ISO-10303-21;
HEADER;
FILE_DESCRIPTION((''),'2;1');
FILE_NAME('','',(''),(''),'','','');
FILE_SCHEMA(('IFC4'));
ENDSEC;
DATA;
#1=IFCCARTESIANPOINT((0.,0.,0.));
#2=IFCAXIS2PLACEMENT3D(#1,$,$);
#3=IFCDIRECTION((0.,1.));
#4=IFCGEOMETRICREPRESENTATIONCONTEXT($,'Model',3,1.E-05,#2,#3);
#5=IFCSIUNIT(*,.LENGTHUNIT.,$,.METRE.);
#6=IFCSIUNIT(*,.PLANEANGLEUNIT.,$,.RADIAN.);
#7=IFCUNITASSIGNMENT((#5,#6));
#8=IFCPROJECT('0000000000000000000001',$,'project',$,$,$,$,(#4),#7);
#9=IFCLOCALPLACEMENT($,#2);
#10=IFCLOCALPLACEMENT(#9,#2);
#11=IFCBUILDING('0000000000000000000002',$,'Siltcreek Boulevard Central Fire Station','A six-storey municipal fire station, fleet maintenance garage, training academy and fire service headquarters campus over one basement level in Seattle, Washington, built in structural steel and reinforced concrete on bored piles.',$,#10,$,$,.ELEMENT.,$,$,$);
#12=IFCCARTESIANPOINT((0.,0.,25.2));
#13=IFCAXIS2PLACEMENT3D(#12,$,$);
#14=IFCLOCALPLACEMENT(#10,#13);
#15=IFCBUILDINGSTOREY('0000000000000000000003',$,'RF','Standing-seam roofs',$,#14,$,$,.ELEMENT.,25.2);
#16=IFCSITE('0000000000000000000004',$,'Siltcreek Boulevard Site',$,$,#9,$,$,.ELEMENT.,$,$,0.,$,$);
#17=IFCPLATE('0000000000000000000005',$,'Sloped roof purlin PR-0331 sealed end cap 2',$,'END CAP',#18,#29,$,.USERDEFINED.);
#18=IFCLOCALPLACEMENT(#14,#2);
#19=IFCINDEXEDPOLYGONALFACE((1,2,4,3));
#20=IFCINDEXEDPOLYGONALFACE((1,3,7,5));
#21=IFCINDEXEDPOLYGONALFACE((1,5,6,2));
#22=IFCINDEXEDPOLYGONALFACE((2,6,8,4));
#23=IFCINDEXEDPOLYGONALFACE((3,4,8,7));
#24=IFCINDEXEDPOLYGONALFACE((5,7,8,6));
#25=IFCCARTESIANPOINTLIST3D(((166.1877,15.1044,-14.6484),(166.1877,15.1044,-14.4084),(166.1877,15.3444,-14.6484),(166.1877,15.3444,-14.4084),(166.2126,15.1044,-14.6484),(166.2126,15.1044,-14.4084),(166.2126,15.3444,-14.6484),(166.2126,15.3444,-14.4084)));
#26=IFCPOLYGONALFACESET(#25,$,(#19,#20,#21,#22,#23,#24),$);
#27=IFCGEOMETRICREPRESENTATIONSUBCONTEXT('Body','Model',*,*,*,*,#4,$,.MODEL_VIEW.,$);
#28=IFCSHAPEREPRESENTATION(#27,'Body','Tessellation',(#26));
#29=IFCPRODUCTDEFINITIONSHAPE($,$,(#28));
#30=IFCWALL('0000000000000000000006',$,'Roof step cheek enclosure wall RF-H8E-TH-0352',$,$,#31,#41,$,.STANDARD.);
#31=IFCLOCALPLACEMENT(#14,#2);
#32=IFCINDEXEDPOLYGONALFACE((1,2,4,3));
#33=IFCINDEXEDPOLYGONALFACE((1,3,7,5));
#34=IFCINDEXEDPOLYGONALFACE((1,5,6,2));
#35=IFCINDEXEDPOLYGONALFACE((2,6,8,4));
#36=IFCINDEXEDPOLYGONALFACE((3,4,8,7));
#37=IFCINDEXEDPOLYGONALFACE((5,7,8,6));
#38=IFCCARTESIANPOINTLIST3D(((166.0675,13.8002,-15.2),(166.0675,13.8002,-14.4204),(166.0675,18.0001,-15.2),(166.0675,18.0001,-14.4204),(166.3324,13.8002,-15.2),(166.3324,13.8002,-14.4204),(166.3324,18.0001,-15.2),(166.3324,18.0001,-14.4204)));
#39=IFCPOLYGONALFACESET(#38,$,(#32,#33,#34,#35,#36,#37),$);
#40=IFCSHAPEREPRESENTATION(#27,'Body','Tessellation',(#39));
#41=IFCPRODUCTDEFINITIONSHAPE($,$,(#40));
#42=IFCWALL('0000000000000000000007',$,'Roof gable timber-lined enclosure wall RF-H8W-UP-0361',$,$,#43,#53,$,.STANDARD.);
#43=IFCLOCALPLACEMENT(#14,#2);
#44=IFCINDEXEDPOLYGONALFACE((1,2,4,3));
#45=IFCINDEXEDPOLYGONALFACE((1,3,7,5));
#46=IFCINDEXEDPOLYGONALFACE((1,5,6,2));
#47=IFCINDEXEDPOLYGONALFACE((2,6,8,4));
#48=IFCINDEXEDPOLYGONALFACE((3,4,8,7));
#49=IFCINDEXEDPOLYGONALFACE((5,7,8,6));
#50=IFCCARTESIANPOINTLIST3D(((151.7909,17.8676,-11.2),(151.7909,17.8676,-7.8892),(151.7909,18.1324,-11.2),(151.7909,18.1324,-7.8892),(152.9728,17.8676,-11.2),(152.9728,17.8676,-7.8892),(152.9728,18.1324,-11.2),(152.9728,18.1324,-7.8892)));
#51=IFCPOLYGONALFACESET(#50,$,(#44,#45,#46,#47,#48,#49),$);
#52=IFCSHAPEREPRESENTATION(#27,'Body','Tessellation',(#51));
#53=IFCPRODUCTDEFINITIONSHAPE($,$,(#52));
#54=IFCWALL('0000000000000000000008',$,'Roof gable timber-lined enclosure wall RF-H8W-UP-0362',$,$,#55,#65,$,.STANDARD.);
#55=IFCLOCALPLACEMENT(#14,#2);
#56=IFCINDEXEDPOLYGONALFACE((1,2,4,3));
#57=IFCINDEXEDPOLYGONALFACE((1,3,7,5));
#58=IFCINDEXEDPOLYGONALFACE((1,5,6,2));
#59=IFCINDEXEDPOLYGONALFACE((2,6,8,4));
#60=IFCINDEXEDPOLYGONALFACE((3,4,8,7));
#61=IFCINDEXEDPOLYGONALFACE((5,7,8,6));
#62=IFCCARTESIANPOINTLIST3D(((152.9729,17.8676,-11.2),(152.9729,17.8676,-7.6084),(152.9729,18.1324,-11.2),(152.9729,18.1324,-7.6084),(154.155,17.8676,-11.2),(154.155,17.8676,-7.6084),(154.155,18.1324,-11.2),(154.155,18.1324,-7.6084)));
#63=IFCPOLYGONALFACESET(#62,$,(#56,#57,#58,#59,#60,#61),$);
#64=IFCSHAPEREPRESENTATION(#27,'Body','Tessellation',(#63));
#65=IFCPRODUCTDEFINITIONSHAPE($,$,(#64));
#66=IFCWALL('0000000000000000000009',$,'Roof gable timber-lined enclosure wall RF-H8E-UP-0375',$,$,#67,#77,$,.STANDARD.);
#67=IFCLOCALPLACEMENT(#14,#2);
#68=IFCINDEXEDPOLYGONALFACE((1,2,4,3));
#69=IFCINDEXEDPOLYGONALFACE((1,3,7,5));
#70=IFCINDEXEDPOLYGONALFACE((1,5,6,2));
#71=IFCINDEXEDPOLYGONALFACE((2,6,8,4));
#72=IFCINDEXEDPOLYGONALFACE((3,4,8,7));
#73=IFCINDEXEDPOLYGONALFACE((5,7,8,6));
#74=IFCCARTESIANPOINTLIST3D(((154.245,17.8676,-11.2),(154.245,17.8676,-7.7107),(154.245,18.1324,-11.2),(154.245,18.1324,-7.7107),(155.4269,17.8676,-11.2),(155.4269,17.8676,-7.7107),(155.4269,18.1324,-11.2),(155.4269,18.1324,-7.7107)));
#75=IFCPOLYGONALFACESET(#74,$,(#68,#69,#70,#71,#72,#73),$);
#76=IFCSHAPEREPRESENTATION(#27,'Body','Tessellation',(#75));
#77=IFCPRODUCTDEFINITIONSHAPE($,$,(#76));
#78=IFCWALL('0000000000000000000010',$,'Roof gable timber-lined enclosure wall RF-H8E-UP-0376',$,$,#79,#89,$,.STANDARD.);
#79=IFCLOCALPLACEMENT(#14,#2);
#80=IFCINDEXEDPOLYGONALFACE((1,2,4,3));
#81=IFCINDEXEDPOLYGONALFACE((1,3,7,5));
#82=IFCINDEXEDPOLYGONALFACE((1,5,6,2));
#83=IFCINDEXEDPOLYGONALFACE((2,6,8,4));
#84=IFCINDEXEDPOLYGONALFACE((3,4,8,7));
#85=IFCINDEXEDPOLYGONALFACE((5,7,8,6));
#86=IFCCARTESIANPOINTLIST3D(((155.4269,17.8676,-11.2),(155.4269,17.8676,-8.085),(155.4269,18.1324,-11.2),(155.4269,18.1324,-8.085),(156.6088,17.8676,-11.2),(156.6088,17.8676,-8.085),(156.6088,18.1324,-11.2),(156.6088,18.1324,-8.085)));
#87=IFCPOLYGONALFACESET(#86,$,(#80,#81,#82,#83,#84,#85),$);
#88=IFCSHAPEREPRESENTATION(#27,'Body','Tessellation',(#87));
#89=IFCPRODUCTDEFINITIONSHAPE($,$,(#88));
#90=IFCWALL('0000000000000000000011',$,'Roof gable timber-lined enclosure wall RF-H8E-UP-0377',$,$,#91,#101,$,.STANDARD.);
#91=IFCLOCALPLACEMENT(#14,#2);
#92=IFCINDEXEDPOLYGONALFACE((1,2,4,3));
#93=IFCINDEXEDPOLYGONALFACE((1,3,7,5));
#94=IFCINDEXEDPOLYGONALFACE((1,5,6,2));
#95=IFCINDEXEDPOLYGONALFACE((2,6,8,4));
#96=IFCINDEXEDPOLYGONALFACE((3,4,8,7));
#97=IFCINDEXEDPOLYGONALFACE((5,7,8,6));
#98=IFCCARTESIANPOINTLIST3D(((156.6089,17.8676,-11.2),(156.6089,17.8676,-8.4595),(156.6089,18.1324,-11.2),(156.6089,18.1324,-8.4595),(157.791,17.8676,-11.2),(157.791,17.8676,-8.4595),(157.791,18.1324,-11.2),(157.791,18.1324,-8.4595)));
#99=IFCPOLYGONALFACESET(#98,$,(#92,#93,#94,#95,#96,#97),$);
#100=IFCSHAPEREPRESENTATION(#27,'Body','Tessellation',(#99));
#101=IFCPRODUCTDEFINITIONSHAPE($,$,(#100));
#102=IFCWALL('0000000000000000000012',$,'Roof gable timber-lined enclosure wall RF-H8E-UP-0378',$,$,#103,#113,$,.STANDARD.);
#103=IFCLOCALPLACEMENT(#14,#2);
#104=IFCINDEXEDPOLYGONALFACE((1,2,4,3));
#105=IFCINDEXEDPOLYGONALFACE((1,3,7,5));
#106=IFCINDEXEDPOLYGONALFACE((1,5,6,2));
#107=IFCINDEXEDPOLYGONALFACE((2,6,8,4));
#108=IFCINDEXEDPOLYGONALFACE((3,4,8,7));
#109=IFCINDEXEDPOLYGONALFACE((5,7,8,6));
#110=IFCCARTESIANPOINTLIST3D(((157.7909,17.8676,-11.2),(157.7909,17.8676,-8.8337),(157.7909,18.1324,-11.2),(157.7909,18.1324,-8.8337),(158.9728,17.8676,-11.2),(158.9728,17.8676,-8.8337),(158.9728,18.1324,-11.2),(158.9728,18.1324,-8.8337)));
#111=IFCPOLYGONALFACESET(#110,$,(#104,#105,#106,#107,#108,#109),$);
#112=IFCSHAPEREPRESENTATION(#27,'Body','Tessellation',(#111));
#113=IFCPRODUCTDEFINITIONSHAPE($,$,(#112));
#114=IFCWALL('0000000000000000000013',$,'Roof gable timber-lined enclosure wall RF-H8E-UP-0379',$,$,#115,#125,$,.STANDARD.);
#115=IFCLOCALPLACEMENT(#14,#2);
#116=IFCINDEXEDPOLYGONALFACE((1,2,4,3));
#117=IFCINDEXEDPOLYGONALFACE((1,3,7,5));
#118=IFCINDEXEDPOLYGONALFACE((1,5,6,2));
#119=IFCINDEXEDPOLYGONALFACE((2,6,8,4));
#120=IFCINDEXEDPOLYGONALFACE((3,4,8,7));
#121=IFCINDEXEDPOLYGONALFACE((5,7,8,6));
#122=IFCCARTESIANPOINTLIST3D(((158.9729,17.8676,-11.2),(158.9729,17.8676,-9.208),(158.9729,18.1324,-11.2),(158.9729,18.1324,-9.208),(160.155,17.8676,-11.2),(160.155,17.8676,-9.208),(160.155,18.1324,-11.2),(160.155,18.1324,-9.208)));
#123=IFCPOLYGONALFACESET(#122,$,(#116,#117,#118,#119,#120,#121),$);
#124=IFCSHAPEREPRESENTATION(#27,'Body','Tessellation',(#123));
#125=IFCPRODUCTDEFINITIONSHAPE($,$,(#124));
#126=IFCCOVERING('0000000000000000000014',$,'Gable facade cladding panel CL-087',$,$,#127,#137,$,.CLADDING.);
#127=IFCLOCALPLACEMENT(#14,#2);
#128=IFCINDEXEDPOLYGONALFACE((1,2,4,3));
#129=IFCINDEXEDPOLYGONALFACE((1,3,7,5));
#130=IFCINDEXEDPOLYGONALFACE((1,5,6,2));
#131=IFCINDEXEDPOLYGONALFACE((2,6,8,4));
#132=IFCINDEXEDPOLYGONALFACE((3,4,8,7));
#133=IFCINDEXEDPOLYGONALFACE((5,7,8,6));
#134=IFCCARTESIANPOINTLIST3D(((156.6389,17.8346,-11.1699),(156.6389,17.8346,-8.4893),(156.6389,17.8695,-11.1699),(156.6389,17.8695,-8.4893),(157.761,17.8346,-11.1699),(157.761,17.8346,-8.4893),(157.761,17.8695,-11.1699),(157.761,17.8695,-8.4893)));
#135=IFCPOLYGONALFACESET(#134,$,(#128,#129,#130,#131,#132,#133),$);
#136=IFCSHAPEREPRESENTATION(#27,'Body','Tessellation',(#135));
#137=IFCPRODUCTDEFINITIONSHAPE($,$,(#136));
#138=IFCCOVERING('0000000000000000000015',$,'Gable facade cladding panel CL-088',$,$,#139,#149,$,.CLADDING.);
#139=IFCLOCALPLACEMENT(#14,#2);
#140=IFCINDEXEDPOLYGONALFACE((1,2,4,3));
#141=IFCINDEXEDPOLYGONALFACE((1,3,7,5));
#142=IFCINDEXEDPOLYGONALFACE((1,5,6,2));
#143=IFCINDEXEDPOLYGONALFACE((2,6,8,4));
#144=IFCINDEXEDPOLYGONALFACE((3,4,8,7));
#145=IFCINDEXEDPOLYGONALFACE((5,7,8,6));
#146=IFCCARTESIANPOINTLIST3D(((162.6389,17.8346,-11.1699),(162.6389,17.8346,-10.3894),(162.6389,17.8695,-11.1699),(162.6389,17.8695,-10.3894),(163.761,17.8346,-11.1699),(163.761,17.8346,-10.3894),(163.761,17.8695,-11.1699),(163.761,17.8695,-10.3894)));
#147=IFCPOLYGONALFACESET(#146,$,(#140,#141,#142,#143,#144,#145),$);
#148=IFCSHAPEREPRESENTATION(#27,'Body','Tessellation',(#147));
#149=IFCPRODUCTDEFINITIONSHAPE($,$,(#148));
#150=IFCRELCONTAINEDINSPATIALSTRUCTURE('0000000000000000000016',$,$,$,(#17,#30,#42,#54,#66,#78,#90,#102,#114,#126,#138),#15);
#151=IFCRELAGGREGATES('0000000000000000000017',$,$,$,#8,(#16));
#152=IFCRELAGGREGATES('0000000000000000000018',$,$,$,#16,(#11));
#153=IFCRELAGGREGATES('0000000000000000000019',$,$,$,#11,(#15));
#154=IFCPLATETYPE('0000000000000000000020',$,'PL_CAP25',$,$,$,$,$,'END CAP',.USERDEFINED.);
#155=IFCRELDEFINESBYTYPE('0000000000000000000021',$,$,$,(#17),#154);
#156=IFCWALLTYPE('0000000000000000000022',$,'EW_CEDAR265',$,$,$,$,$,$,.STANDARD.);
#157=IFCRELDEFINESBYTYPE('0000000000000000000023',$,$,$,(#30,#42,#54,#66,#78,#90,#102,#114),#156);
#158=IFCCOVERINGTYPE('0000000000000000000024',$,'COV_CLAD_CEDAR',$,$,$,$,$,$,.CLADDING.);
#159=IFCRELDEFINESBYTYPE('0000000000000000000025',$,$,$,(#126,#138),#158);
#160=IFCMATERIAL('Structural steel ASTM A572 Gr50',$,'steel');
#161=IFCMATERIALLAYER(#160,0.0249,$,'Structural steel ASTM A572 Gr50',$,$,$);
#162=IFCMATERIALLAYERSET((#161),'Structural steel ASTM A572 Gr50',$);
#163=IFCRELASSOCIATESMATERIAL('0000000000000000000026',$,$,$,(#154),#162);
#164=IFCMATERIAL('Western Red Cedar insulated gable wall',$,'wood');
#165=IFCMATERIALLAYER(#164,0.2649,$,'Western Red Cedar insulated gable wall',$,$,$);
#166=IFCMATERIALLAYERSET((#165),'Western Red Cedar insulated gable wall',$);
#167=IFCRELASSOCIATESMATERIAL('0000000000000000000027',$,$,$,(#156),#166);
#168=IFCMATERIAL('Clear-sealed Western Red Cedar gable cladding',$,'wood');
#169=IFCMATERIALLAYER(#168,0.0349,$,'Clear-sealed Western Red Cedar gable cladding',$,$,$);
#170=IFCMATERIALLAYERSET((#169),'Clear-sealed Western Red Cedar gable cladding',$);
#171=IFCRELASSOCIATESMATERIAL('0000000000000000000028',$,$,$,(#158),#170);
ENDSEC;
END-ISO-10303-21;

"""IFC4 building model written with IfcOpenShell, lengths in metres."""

from ifc_helpers import new_model, si_unit, direction, frame, frame_2d, origin, origin_2d, place, context, subcontext, project, spatial, rectangle, extrude, material, layer, layer_set, type_object, element, save


model = new_model("IFC4")

# Units and contexts
model_context = context("Model", 3, precision=1e-05, world=origin(), true_north=direction((0.0, 1.0)))
body_context = subcontext(model_context, "Body", "Model", "MODEL_VIEW")
ifc_project = project(units=[si_unit("LENGTHUNIT", "METRE"), si_unit("PLANEANGLEUNIT", "RADIAN")], contexts=[model_context])

# Site, building, storey
site_placement = place(None, origin())
site = spatial("IfcSite", under=ifc_project, at=site_placement, Name="Siltcreek Boulevard Site", CompositionType="ELEMENT", RefElevation=0.0)
building_placement = place(site_placement, origin())
building = spatial("IfcBuilding", under=site, at=building_placement, Name="Siltcreek Boulevard Central Fire Station", Description="A six-storey municipal fire station, fleet maintenance garage, training academy and fire service headquarters campus over one basement level in Seattle, Washington, built in structural steel and reinforced concrete on bored piles.", CompositionType="ELEMENT")
storey_placement = place(building_placement, frame((0.0, 0.0, 25.2)))
storey = spatial("IfcBuildingStorey", under=building, at=storey_placement, Name="RF", Description="Standing-seam roofs", CompositionType="ELEMENT", Elevation=25.2)

# Plate
ifc_material_1 = material(Name="Structural steel ASTM A572 Gr50", Category="steel")
ifc_layer_1 = layer(ifc_material_1, 0.0249, Name="Structural steel ASTM A572 Gr50")
ifc_layer_set_1 = layer_set([ifc_layer_1], Name="Structural steel ASTM A572 Gr50")
plate_type = type_object("IfcPlateType", Name="PL_CAP25", ElementType="END CAP", PredefinedType="USERDEFINED", material=ifc_layer_set_1)
for number, where, z_axis, x_axis, name in (
    (1, (166.2002, 15.2244, -14.6484), (0.0, 0.0, 1.0), (1.0, 0.0, 0.0), "Sloped roof purlin PR-0331 sealed end cap 2"),
):
    element("IfcPlate", number, at=place(storey_placement, frame(where, z_axis=z_axis, x_axis=x_axis)), inside=storey, type_object=plate_type, Name=name, ObjectType="END CAP", PredefinedType="USERDEFINED", context=body_context, shape_type="SweptSolid", body=[
        extrude(rectangle(XDim=0.0249, YDim=0.24, at=origin_2d()), origin(), (0.0, 0.0, 1.0), 0.24),
    ])

# Walls
ifc_material_2 = material(Name="Western Red Cedar insulated gable wall", Category="wood")
ifc_layer_2 = layer(ifc_material_2, 0.2649, Name="Western Red Cedar insulated gable wall")
ifc_layer_set_2 = layer_set([ifc_layer_2], Name="Western Red Cedar insulated gable wall")
wall_type = type_object("IfcWallType", Name="EW_CEDAR265", PredefinedType="STANDARD", material=ifc_layer_set_2)
wall_1_placement = place(storey_placement, frame((166.2, 13.8, -15.2), z_axis=(0.0, 0.0, 1.0), x_axis=(0.0, 1.0, 0.0)))
element("IfcWall", 2, at=wall_1_placement, inside=storey, type_object=wall_type, Name="Roof step cheek enclosure wall RF-H8E-TH-0352", PredefinedType="STANDARD", context=body_context, shape_type="SweptSolid", body=[
    extrude(rectangle(XDim=4.2, YDim=0.2649, at=frame_2d((2.1001, 0.0))), origin(), (0.0, 0.0, 1.0), 0.7795),
])
wall_2_placement = place(storey_placement, frame((151.791, 18.0, -11.2), z_axis=(0.0, 0.0, 1.0), x_axis=(1.0, 0.0, 0.0)))
element("IfcWall", 3, at=wall_2_placement, inside=storey, type_object=wall_type, Name="Roof gable timber-lined enclosure wall RF-H8W-UP-0361", PredefinedType="STANDARD", context=body_context, shape_type="SweptSolid", body=[
    extrude(rectangle(XDim=1.1819, YDim=0.2649, at=frame_2d((0.5908, 0.0))), origin(), (0.0, 0.0, 1.0), 3.3108),
])
wall_3_placement = place(storey_placement, frame((152.9729, 18.0, -11.2), z_axis=(0.0, 0.0, 1.0), x_axis=(1.0, 0.0, 0.0)))
element("IfcWall", 4, at=wall_3_placement, inside=storey, type_object=wall_type, Name="Roof gable timber-lined enclosure wall RF-H8W-UP-0362", PredefinedType="STANDARD", context=body_context, shape_type="SweptSolid", body=[
    extrude(rectangle(XDim=1.1821, YDim=0.2649, at=frame_2d((0.5911, 0.0))), origin(), (0.0, 0.0, 1.0), 3.5916),
])
wall_4_placement = place(storey_placement, frame((154.2451, 18.0, -11.2), z_axis=(0.0, 0.0, 1.0), x_axis=(1.0, 0.0, 0.0)))
element("IfcWall", 5, at=wall_4_placement, inside=storey, type_object=wall_type, Name="Roof gable timber-lined enclosure wall RF-H8E-UP-0375", PredefinedType="STANDARD", context=body_context, shape_type="SweptSolid", body=[
    extrude(rectangle(XDim=1.1819, YDim=0.2649, at=frame_2d((0.5908, 0.0))), origin(), (0.0, 0.0, 1.0), 3.4893),
])
wall_5_placement = place(storey_placement, frame((155.427, 18.0, -11.2), z_axis=(0.0, 0.0, 1.0), x_axis=(1.0, 0.0, 0.0)))
element("IfcWall", 6, at=wall_5_placement, inside=storey, type_object=wall_type, Name="Roof gable timber-lined enclosure wall RF-H8E-UP-0376", PredefinedType="STANDARD", context=body_context, shape_type="SweptSolid", body=[
    extrude(rectangle(XDim=1.1819, YDim=0.2649, at=frame_2d((0.5908, 0.0))), origin(), (0.0, 0.0, 1.0), 3.115),
])
wall_6_placement = place(storey_placement, frame((156.6089, 18.0, -11.2), z_axis=(0.0, 0.0, 1.0), x_axis=(1.0, 0.0, 0.0)))
element("IfcWall", 7, at=wall_6_placement, inside=storey, type_object=wall_type, Name="Roof gable timber-lined enclosure wall RF-H8E-UP-0377", PredefinedType="STANDARD", context=body_context, shape_type="SweptSolid", body=[
    extrude(rectangle(XDim=1.1821, YDim=0.2649, at=frame_2d((0.5911, 0.0))), origin(), (0.0, 0.0, 1.0), 2.7405),
])
wall_7_placement = place(storey_placement, frame((157.791, 18.0, -11.2), z_axis=(0.0, 0.0, 1.0), x_axis=(1.0, 0.0, 0.0)))
element("IfcWall", 8, at=wall_7_placement, inside=storey, type_object=wall_type, Name="Roof gable timber-lined enclosure wall RF-H8E-UP-0378", PredefinedType="STANDARD", context=body_context, shape_type="SweptSolid", body=[
    extrude(rectangle(XDim=1.1819, YDim=0.2649, at=frame_2d((0.5908, 0.0))), origin(), (0.0, 0.0, 1.0), 2.3662),
])
wall_8_placement = place(storey_placement, frame((158.9729, 18.0, -11.2), z_axis=(0.0, 0.0, 1.0), x_axis=(1.0, 0.0, 0.0)))
element("IfcWall", 9, at=wall_8_placement, inside=storey, type_object=wall_type, Name="Roof gable timber-lined enclosure wall RF-H8E-UP-0379", PredefinedType="STANDARD", context=body_context, shape_type="SweptSolid", body=[
    extrude(rectangle(XDim=1.1821, YDim=0.2649, at=frame_2d((0.5911, 0.0))), origin(), (0.0, 0.0, 1.0), 1.9919),
])

# Coverings
ifc_material_3 = material(Name="Clear-sealed Western Red Cedar gable cladding", Category="wood")
ifc_layer_3 = layer(ifc_material_3, 0.0349, Name="Clear-sealed Western Red Cedar gable cladding")
ifc_layer_set_3 = layer_set([ifc_layer_3], Name="Clear-sealed Western Red Cedar gable cladding")
covering_type = type_object("IfcCoveringType", Name="COV_CLAD_CEDAR", PredefinedType="CLADDING", material=ifc_layer_set_3)
covering_1_placement = place(storey_placement, frame((157.2, 17.8521, -11.1699), z_axis=(0.0, 0.0, 1.0), x_axis=(1.0, 0.0, 0.0)))
element("IfcCovering", 10, at=covering_1_placement, inside=storey, type_object=covering_type, Name="Gable facade cladding panel CL-087", PredefinedType="CLADDING", context=body_context, shape_type="SweptSolid", body=[
    extrude(rectangle(XDim=1.1221, YDim=0.0349, at=origin_2d()), origin(), (0.0, 0.0, 1.0), 2.6807),
])
covering_2_placement = place(storey_placement, frame((163.2, 17.8521, -11.1699), z_axis=(0.0, 0.0, 1.0), x_axis=(1.0, 0.0, 0.0)))
element("IfcCovering", 11, at=covering_2_placement, inside=storey, type_object=covering_type, Name="Gable facade cladding panel CL-088", PredefinedType="CLADDING", context=body_context, shape_type="SweptSolid", body=[
    extrude(rectangle(XDim=1.1221, YDim=0.0349, at=origin_2d()), origin(), (0.0, 0.0, 1.0), 0.7805),
])

save(model, "model.ifc")
